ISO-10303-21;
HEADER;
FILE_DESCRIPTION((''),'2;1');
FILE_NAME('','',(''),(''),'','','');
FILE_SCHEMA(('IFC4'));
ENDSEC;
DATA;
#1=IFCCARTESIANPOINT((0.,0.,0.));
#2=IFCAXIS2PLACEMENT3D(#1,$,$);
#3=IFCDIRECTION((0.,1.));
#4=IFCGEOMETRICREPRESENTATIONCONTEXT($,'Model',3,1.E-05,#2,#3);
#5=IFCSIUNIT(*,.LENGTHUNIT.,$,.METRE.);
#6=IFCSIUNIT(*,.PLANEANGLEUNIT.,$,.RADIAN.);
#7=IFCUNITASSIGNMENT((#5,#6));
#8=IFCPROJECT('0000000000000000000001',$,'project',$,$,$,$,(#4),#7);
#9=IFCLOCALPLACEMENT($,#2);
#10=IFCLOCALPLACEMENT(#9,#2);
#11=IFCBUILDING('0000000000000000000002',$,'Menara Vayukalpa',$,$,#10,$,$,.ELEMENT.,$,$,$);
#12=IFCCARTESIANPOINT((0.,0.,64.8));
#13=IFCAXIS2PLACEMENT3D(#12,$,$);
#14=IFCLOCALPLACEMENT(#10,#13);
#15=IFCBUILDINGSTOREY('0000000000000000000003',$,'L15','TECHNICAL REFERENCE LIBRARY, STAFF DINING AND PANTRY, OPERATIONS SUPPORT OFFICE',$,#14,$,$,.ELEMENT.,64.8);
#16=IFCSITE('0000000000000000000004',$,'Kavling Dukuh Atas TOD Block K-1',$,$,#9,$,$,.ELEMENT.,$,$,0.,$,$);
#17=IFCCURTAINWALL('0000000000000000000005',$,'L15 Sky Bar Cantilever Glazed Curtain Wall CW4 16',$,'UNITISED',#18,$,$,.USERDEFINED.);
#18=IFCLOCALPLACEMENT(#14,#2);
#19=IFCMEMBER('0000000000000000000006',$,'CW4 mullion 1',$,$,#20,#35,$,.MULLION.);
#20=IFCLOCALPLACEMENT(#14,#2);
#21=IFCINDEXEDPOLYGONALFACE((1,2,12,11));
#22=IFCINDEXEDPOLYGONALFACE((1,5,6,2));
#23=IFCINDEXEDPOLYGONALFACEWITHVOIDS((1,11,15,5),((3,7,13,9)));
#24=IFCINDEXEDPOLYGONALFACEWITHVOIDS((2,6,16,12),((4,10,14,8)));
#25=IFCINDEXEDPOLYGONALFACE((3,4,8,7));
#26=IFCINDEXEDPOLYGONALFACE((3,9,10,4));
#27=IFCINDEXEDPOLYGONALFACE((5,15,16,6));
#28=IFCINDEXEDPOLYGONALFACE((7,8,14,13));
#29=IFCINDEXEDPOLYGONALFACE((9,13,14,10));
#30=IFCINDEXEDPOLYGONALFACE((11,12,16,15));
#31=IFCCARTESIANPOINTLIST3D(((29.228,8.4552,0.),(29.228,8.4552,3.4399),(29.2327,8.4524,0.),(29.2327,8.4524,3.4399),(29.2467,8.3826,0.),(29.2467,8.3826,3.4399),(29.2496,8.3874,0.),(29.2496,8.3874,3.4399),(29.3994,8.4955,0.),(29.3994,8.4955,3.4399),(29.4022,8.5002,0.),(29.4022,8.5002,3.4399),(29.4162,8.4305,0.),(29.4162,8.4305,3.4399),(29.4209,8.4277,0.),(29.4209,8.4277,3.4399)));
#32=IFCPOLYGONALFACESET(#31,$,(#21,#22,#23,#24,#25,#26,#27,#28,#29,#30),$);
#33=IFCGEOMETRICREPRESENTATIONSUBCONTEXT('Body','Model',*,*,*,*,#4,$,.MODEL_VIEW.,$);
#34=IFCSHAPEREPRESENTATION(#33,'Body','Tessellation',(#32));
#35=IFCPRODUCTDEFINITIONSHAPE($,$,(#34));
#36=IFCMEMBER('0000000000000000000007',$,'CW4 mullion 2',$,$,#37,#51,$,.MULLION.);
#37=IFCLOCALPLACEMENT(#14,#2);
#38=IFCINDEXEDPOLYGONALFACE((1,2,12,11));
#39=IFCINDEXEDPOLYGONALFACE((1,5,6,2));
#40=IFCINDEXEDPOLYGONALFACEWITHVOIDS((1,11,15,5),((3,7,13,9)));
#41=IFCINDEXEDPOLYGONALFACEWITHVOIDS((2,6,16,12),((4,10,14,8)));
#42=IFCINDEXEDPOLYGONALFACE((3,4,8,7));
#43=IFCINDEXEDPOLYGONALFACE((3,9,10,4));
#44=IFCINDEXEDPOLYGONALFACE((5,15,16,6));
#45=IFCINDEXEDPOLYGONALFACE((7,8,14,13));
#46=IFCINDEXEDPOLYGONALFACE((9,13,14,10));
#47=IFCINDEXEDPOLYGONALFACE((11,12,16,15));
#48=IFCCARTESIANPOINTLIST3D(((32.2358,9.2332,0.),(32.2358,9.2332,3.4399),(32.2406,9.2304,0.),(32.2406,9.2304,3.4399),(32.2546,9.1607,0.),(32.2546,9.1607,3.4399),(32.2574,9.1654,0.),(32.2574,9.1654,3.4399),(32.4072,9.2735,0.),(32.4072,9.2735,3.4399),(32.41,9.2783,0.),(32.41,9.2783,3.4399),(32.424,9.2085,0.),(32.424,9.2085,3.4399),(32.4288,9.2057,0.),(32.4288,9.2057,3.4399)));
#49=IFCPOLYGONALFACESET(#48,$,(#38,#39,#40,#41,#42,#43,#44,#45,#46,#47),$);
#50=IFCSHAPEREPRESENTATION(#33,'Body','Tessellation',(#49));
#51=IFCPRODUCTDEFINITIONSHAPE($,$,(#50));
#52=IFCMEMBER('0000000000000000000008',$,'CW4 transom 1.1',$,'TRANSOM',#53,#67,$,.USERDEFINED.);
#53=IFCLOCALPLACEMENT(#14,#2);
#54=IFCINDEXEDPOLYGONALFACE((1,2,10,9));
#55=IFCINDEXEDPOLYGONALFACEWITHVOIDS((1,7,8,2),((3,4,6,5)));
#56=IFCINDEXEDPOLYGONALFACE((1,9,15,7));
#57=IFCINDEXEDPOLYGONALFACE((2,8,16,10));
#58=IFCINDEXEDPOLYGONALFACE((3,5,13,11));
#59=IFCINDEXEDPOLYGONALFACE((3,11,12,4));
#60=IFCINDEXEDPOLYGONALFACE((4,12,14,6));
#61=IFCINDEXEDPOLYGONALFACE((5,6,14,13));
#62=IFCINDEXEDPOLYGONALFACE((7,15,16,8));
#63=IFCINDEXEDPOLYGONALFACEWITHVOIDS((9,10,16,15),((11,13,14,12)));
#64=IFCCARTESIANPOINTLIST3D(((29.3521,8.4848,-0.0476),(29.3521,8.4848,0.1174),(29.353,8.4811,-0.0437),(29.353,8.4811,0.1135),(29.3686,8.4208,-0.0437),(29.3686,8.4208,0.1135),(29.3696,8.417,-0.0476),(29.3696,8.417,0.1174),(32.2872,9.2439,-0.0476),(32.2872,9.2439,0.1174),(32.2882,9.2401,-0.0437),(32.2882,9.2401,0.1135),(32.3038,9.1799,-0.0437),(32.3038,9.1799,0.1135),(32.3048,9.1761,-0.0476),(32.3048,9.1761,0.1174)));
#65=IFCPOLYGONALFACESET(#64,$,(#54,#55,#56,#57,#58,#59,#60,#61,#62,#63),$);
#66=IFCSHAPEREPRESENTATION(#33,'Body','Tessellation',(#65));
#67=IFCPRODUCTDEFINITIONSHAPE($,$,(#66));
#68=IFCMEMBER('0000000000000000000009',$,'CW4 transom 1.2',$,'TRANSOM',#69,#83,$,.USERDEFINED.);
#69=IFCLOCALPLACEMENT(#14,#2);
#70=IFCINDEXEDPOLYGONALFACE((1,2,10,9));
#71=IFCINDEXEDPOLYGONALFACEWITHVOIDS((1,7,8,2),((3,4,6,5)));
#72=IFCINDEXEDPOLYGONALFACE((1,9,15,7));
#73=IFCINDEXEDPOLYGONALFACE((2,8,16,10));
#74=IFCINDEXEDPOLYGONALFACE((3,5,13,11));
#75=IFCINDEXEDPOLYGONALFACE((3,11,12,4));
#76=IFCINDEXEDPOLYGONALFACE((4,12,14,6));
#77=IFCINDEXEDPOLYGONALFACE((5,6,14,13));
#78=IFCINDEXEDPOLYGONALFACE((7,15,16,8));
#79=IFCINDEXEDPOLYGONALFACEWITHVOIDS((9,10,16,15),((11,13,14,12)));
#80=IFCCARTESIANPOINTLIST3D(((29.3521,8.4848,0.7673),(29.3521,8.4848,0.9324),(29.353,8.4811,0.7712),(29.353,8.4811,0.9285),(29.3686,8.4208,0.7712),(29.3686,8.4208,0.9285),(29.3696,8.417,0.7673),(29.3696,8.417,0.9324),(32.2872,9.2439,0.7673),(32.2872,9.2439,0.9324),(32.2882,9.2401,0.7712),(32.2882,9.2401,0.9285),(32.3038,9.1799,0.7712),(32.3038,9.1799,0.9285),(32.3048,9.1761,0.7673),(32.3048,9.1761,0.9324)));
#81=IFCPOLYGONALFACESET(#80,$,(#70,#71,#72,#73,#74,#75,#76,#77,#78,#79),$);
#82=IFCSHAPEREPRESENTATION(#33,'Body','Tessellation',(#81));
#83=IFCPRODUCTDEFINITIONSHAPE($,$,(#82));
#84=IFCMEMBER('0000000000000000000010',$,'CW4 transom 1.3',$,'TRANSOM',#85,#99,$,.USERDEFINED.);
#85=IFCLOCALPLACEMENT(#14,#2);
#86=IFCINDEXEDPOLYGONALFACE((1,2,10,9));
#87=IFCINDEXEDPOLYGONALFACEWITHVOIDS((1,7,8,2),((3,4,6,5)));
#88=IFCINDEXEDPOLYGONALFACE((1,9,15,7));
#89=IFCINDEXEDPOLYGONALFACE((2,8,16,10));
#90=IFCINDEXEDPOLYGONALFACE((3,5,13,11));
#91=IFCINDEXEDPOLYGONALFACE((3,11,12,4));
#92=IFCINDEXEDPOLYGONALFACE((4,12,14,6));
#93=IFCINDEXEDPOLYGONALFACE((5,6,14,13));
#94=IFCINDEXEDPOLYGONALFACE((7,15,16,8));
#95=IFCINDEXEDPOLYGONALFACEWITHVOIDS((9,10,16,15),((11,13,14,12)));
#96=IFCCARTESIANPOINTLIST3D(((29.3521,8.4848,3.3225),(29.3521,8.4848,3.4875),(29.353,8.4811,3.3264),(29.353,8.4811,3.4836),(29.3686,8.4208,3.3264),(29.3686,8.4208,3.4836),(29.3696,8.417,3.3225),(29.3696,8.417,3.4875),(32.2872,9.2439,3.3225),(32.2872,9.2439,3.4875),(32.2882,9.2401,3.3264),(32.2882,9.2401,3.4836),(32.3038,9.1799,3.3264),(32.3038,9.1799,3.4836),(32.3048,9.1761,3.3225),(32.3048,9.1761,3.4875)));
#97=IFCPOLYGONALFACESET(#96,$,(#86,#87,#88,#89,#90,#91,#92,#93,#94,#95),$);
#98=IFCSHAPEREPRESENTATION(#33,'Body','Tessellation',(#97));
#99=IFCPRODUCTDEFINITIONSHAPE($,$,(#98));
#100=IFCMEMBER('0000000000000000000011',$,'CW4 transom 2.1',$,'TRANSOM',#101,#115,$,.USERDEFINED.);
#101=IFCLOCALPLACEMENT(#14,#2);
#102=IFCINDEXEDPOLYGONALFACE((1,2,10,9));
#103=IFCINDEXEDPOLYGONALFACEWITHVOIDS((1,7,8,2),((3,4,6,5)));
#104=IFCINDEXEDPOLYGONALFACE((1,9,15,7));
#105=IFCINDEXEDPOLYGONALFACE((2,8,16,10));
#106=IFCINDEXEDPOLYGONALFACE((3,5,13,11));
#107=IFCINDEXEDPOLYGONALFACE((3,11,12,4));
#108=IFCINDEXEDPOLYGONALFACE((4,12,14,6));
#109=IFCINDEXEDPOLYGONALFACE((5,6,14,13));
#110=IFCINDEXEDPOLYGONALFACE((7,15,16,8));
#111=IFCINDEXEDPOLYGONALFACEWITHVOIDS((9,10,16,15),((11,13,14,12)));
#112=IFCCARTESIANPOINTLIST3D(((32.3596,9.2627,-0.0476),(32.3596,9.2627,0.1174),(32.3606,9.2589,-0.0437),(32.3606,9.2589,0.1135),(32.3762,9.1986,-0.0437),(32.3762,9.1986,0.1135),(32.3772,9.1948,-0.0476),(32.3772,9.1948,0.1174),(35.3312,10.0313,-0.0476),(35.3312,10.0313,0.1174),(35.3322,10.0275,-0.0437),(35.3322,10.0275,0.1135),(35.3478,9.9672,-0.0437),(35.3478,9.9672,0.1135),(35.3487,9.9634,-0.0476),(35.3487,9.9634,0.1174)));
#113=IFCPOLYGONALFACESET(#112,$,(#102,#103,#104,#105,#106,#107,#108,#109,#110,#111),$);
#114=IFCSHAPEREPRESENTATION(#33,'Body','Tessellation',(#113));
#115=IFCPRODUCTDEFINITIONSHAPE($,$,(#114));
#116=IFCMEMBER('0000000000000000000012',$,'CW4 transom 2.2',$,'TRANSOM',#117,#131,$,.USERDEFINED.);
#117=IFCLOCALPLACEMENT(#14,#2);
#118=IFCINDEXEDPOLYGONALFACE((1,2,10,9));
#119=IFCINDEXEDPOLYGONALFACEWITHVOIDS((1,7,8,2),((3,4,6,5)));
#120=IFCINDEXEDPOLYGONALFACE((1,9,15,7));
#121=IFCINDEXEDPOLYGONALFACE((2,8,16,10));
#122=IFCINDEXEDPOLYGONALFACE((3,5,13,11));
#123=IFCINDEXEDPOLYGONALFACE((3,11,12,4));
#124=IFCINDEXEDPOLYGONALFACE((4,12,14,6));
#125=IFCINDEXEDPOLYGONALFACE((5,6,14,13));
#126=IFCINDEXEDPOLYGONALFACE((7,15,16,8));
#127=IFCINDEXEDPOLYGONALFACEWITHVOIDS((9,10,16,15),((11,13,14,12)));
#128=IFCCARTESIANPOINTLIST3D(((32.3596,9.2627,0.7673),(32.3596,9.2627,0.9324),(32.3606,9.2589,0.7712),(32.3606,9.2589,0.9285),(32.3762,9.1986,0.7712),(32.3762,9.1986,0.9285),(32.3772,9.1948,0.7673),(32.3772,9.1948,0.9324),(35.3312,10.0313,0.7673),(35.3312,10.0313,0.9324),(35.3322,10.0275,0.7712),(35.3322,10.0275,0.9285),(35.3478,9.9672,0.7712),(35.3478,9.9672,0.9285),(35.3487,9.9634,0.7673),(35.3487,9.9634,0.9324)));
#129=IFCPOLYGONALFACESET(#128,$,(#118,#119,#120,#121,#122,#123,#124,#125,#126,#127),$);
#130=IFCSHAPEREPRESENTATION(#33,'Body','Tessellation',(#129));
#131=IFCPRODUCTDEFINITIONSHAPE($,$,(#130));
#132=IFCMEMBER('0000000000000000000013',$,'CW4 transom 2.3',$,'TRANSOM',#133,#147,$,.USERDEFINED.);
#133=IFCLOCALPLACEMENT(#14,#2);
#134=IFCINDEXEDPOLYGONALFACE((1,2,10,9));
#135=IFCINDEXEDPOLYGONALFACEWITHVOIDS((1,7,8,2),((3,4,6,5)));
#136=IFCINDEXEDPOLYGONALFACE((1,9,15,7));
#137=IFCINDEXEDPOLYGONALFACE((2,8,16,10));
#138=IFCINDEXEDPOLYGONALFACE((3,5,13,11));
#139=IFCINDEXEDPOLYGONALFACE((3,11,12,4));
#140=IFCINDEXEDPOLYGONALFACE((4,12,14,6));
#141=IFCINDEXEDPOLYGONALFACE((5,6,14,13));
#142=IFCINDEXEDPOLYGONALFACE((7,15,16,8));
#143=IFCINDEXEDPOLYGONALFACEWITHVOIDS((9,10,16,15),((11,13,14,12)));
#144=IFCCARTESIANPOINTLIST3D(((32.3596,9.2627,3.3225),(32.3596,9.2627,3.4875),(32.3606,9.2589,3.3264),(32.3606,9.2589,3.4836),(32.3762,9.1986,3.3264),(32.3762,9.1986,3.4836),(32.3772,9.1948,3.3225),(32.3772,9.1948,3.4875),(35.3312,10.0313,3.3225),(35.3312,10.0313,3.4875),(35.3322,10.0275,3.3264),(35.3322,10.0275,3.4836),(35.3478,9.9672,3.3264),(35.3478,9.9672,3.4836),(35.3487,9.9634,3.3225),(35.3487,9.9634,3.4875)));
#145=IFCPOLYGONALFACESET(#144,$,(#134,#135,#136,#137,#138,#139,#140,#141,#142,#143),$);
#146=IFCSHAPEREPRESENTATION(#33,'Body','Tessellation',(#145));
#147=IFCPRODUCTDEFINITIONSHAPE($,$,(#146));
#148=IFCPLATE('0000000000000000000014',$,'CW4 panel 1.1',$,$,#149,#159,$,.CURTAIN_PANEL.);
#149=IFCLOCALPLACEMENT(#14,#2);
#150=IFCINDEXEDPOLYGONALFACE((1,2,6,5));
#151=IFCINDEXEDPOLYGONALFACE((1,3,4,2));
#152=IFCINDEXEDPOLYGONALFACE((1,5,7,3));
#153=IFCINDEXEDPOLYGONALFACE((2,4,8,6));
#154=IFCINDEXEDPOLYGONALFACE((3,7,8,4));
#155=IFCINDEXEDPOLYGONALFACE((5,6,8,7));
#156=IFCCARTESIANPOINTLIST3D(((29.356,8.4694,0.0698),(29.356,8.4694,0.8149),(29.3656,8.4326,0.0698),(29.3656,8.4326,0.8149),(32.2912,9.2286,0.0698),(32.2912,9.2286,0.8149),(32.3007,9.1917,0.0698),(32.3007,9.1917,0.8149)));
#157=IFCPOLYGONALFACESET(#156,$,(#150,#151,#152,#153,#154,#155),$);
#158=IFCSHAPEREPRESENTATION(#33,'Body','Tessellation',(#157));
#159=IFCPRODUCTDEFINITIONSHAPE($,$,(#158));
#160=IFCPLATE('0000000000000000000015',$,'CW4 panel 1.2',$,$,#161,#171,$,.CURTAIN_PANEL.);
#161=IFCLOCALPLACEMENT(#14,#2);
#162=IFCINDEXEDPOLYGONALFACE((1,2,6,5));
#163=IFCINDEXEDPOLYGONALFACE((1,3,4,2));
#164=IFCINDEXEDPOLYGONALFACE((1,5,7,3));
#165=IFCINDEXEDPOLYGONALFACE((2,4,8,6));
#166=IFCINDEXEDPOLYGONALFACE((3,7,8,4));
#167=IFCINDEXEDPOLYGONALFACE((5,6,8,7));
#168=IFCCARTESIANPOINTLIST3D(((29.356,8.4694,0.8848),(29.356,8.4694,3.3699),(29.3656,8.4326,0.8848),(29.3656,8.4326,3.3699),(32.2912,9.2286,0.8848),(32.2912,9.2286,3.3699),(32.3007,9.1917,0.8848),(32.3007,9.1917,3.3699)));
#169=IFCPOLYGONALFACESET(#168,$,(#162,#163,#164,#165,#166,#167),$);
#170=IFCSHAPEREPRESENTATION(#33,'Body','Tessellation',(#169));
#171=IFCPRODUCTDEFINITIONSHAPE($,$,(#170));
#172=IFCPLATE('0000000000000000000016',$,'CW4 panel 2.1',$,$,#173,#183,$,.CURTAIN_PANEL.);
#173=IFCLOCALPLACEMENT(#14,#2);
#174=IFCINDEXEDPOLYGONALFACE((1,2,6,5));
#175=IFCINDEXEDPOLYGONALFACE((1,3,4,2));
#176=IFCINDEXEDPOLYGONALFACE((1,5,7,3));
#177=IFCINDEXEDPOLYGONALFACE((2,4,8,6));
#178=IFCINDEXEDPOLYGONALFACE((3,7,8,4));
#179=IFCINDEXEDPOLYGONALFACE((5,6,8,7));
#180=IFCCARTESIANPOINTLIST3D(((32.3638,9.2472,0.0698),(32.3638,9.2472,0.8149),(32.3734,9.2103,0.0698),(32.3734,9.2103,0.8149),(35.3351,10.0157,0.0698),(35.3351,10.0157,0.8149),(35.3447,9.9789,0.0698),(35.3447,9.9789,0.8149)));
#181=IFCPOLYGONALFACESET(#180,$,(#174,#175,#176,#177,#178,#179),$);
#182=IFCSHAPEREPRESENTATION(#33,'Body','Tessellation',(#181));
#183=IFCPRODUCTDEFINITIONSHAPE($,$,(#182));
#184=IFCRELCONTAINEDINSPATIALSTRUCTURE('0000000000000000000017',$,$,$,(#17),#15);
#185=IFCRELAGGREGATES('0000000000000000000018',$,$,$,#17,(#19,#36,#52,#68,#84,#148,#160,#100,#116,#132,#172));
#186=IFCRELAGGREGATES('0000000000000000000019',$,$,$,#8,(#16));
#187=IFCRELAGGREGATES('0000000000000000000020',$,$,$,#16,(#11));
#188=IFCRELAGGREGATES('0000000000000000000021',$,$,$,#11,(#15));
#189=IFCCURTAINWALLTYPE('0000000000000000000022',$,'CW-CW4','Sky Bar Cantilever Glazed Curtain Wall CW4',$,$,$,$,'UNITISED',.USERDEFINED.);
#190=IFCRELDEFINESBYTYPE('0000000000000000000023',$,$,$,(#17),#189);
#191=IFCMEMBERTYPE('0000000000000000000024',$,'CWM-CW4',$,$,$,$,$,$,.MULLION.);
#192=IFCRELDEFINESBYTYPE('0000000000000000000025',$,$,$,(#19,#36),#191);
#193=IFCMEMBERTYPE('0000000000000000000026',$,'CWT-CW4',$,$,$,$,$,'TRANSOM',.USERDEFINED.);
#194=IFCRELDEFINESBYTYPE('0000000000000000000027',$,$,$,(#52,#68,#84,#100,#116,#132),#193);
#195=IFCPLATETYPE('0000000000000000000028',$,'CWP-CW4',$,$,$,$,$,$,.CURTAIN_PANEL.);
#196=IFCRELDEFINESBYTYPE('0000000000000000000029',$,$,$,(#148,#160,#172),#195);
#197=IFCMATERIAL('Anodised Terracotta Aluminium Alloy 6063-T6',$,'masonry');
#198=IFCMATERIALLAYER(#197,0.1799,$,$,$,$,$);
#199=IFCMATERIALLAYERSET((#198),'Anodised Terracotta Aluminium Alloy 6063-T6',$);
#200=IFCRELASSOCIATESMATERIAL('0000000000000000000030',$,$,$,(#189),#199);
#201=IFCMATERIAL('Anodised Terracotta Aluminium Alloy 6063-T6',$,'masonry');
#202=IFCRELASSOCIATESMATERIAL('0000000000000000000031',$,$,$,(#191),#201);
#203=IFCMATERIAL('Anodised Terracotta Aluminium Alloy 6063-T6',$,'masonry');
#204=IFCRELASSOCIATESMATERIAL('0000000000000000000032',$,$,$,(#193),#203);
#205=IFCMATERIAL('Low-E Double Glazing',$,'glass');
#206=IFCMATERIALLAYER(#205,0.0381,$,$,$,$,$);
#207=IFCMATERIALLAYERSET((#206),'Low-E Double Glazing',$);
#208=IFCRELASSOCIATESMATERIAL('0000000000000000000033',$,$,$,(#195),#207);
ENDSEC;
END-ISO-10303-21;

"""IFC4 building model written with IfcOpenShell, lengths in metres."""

from ifc_helpers import new_model, si_unit, direction, frame, origin, origin_2d, place, context, subcontext, project, spatial, rectangle, hollow_rectangle, extrude, material, layer, layer_set, material_profile, profile_set, type_object, element, aggregate, save


model = new_model("IFC4")

# Units and contexts
model_context = context("Model", 3, precision=1e-05, world=origin(), true_north=direction((0.0, 1.0)))
body_context = subcontext(model_context, "Body", "Model", "MODEL_VIEW")
ifc_project = project(units=[si_unit("LENGTHUNIT", "METRE"), si_unit("PLANEANGLEUNIT", "RADIAN")], contexts=[model_context])

# Site, building, storey
site_placement = place(None, origin())
site = spatial("IfcSite", under=ifc_project, at=site_placement, Name="Kavling Dukuh Atas TOD Block K-1", CompositionType="ELEMENT", RefElevation=0.0)
building_placement = place(site_placement, origin())
building = spatial("IfcBuilding", under=site, at=building_placement, Name="Menara Vayukalpa", CompositionType="ELEMENT")
storey_placement = place(building_placement, frame((0.0, 0.0, 64.8)))
storey = spatial("IfcBuildingStorey", under=building, at=storey_placement, Name="L15", Description="TECHNICAL REFERENCE LIBRARY, STAFF DINING AND PANTRY, OPERATIONS SUPPORT OFFICE", CompositionType="ELEMENT", Elevation=64.8)

# Curtain wall, members, plates
ifc_material_1 = material(Name="Anodised Terracotta Aluminium Alloy 6063-T6", Category="masonry")
ifc_layer_1 = layer(ifc_material_1, 0.1799)
ifc_layer_set_1 = layer_set([ifc_layer_1], Name="Anodised Terracotta Aluminium Alloy 6063-T6")
curtain_wall_type = type_object("IfcCurtainWallType", Name="CW-CW4", Description="Sky Bar Cantilever Glazed Curtain Wall CW4", ElementType="UNITISED", PredefinedType="USERDEFINED", material=ifc_layer_set_1)
curtain_wall_placement = place(storey_placement, origin())
curtain_wall = element("IfcCurtainWall", 1, at=curtain_wall_placement, inside=storey, type_object=curtain_wall_type, Name="L15 Sky Bar Cantilever Glazed Curtain Wall CW4 16", ObjectType="UNITISED", PredefinedType="USERDEFINED")
ifc_material_2 = material(Name="Anodised Terracotta Aluminium Alloy 6063-T6", Category="masonry")
ifc_material_profile_1 = material_profile(ifc_material_2, hollow_rectangle(XDim=0.075, YDim=0.1799, WallThickness=0.0039, at=origin_2d()), Name="ALU 75x180x4")
ifc_profile_set_1 = profile_set([ifc_material_profile_1], Name="Anodised Terracotta Aluminium Alloy 6063-T6")
member_type_1 = type_object("IfcMemberType", Name="CWM-CW4", PredefinedType="MULLION", material=ifc_profile_set_1)
member_1_placement = place(storey_placement, frame((29.3245, 8.4414, 0.0), z_axis=(0.0, 0.0, 1.0), x_axis=(-0.250403, 0.968142, 0.0)))
member_1 = element("IfcMember", 2, at=member_1_placement, type_object=member_type_1, Name="CW4 mullion 1", PredefinedType="MULLION", context=body_context, shape_type="SweptSolid", body=[
    extrude(hollow_rectangle(XDim=0.075, YDim=0.1799, WallThickness=0.0039, at=origin_2d()), origin(), (0.0, 0.0, 1.0), 3.4399),
])
member_2_placement = place(storey_placement, frame((32.3323, 9.2195, 0.0), z_axis=(0.0, 0.0, 1.0), x_axis=(-0.250403, 0.968142, 0.0)))
member_2 = element("IfcMember", 3, at=member_2_placement, type_object=member_type_1, Name="CW4 mullion 2", PredefinedType="MULLION", context=body_context, shape_type="SweptSolid", body=[
    extrude(hollow_rectangle(XDim=0.075, YDim=0.1799, WallThickness=0.0039, at=origin_2d()), origin(), (0.0, 0.0, 1.0), 3.4399),
])
ifc_material_3 = material(Name="Anodised Terracotta Aluminium Alloy 6063-T6", Category="masonry")
ifc_material_profile_2 = material_profile(ifc_material_3, hollow_rectangle(XDim=0.0701, YDim=0.165, WallThickness=0.0039, at=origin_2d()), Name="ALU 70x165x4")
ifc_profile_set_2 = profile_set([ifc_material_profile_2], Name="Anodised Terracotta Aluminium Alloy 6063-T6")
member_type_2 = type_object("IfcMemberType", Name="CWT-CW4", ElementType="TRANSOM", PredefinedType="USERDEFINED", material=ifc_profile_set_2)
member_3_placement = place(storey_placement, frame((29.3608, 8.4509, 0.0349), z_axis=(0.96815, 0.250372, 0.0), x_axis=(-0.250372, 0.96815, 0.0)))
member_3 = element("IfcMember", 4, at=member_3_placement, type_object=member_type_2, Name="CW4 transom 1.1", ObjectType="TRANSOM", PredefinedType="USERDEFINED", context=body_context, shape_type="SweptSolid", body=[
    extrude(hollow_rectangle(XDim=0.0701, YDim=0.165, WallThickness=0.0039, at=origin_2d()), origin(), (0.0, 0.0, 1.0), 3.0317),
])
member_4_placement = place(storey_placement, frame((29.3608, 8.4509, 0.8499), z_axis=(0.96815, 0.250372, 0.0), x_axis=(-0.250372, 0.96815, 0.0)))
member_4 = element("IfcMember", 5, at=member_4_placement, type_object=member_type_2, Name="CW4 transom 1.2", ObjectType="TRANSOM", PredefinedType="USERDEFINED", context=body_context, shape_type="SweptSolid", body=[
    extrude(hollow_rectangle(XDim=0.0701, YDim=0.165, WallThickness=0.0039, at=origin_2d()), origin(), (0.0, 0.0, 1.0), 3.0317),
])
member_5_placement = place(storey_placement, frame((29.3608, 8.4509, 3.405), z_axis=(0.96815, 0.250372, 0.0), x_axis=(-0.250372, 0.96815, 0.0)))
member_5 = element("IfcMember", 6, at=member_5_placement, type_object=member_type_2, Name="CW4 transom 1.3", ObjectType="TRANSOM", PredefinedType="USERDEFINED", context=body_context, shape_type="SweptSolid", body=[
    extrude(hollow_rectangle(XDim=0.0701, YDim=0.165, WallThickness=0.0039, at=origin_2d()), origin(), (0.0, 0.0, 1.0), 3.0317),
])
member_6_placement = place(storey_placement, frame((32.3684, 9.2288, 0.0349), z_axis=(0.968141, 0.250407, 0.0), x_axis=(-0.250407, 0.968141, 0.0)))
member_6 = element("IfcMember", 7, at=member_6_placement, type_object=member_type_2, Name="CW4 transom 2.1", ObjectType="TRANSOM", PredefinedType="USERDEFINED", context=body_context, shape_type="SweptSolid", body=[
    extrude(hollow_rectangle(XDim=0.0701, YDim=0.165, WallThickness=0.0039, at=origin_2d()), origin(), (0.0, 0.0, 1.0), 3.0693),
])
member_7_placement = place(storey_placement, frame((32.3684, 9.2288, 0.8499), z_axis=(0.968141, 0.250407, 0.0), x_axis=(-0.250407, 0.968141, 0.0)))
member_7 = element("IfcMember", 8, at=member_7_placement, type_object=member_type_2, Name="CW4 transom 2.2", ObjectType="TRANSOM", PredefinedType="USERDEFINED", context=body_context, shape_type="SweptSolid", body=[
    extrude(hollow_rectangle(XDim=0.0701, YDim=0.165, WallThickness=0.0039, at=origin_2d()), origin(), (0.0, 0.0, 1.0), 3.0693),
])
member_8_placement = place(storey_placement, frame((32.3684, 9.2288, 3.405), z_axis=(0.968141, 0.250407, 0.0), x_axis=(-0.250407, 0.968141, 0.0)))
member_8 = element("IfcMember", 9, at=member_8_placement, type_object=member_type_2, Name="CW4 transom 2.3", ObjectType="TRANSOM", PredefinedType="USERDEFINED", context=body_context, shape_type="SweptSolid", body=[
    extrude(hollow_rectangle(XDim=0.0701, YDim=0.165, WallThickness=0.0039, at=origin_2d()), origin(), (0.0, 0.0, 1.0), 3.0693),
])
ifc_material_4 = material(Name="Low-E Double Glazing", Category="glass")
ifc_layer_2 = layer(ifc_material_4, 0.0381)
ifc_layer_set_2 = layer_set([ifc_layer_2], Name="Low-E Double Glazing")
plate_type = type_object("IfcPlateType", Name="CWP-CW4", PredefinedType="CURTAIN_PANEL", material=ifc_layer_set_2)
plate_1_placement = place(storey_placement, frame((30.8284, 8.8306, 0.0698), z_axis=(0.0, 0.0, 1.0), x_axis=(0.968142, 0.250403, 0.0)))
plate_1 = element("IfcPlate", 10, at=plate_1_placement, type_object=plate_type, Name="CW4 panel 1.1", PredefinedType="CURTAIN_PANEL", context=body_context, shape_type="SweptSolid", body=[
    extrude(rectangle(XDim=3.0317, YDim=0.0381, at=origin_2d()), origin(), (0.0, 0.0, 1.0), 0.7451),
])
plate_2_placement = place(storey_placement, frame((30.8284, 8.8306, 0.8848), z_axis=(0.0, 0.0, 1.0), x_axis=(0.968142, 0.250403, 0.0)))
plate_2 = element("IfcPlate", 11, at=plate_2_placement, type_object=plate_type, Name="CW4 panel 1.2", PredefinedType="CURTAIN_PANEL", context=body_context, shape_type="SweptSolid", body=[
    extrude(rectangle(XDim=3.0317, YDim=0.0381, at=origin_2d()), origin(), (0.0, 0.0, 1.0), 2.4851),
])
plate_3_placement = place(storey_placement, frame((33.8542, 9.613, 0.0698), z_axis=(0.0, 0.0, 1.0), x_axis=(0.968142, 0.250403, 0.0)))
plate_3 = element("IfcPlate", 12, at=plate_3_placement, type_object=plate_type, Name="CW4 panel 2.1", PredefinedType="CURTAIN_PANEL", context=body_context, shape_type="SweptSolid", body=[
    extrude(rectangle(XDim=3.0691, YDim=0.0381, at=origin_2d()), origin(), (0.0, 0.0, 1.0), 0.7451),
])
aggregate(curtain_wall, [member_1, member_2, member_3, member_4, member_5, plate_1, plate_2, member_6, member_7, member_8, plate_3])

save(model, "model.ifc")
